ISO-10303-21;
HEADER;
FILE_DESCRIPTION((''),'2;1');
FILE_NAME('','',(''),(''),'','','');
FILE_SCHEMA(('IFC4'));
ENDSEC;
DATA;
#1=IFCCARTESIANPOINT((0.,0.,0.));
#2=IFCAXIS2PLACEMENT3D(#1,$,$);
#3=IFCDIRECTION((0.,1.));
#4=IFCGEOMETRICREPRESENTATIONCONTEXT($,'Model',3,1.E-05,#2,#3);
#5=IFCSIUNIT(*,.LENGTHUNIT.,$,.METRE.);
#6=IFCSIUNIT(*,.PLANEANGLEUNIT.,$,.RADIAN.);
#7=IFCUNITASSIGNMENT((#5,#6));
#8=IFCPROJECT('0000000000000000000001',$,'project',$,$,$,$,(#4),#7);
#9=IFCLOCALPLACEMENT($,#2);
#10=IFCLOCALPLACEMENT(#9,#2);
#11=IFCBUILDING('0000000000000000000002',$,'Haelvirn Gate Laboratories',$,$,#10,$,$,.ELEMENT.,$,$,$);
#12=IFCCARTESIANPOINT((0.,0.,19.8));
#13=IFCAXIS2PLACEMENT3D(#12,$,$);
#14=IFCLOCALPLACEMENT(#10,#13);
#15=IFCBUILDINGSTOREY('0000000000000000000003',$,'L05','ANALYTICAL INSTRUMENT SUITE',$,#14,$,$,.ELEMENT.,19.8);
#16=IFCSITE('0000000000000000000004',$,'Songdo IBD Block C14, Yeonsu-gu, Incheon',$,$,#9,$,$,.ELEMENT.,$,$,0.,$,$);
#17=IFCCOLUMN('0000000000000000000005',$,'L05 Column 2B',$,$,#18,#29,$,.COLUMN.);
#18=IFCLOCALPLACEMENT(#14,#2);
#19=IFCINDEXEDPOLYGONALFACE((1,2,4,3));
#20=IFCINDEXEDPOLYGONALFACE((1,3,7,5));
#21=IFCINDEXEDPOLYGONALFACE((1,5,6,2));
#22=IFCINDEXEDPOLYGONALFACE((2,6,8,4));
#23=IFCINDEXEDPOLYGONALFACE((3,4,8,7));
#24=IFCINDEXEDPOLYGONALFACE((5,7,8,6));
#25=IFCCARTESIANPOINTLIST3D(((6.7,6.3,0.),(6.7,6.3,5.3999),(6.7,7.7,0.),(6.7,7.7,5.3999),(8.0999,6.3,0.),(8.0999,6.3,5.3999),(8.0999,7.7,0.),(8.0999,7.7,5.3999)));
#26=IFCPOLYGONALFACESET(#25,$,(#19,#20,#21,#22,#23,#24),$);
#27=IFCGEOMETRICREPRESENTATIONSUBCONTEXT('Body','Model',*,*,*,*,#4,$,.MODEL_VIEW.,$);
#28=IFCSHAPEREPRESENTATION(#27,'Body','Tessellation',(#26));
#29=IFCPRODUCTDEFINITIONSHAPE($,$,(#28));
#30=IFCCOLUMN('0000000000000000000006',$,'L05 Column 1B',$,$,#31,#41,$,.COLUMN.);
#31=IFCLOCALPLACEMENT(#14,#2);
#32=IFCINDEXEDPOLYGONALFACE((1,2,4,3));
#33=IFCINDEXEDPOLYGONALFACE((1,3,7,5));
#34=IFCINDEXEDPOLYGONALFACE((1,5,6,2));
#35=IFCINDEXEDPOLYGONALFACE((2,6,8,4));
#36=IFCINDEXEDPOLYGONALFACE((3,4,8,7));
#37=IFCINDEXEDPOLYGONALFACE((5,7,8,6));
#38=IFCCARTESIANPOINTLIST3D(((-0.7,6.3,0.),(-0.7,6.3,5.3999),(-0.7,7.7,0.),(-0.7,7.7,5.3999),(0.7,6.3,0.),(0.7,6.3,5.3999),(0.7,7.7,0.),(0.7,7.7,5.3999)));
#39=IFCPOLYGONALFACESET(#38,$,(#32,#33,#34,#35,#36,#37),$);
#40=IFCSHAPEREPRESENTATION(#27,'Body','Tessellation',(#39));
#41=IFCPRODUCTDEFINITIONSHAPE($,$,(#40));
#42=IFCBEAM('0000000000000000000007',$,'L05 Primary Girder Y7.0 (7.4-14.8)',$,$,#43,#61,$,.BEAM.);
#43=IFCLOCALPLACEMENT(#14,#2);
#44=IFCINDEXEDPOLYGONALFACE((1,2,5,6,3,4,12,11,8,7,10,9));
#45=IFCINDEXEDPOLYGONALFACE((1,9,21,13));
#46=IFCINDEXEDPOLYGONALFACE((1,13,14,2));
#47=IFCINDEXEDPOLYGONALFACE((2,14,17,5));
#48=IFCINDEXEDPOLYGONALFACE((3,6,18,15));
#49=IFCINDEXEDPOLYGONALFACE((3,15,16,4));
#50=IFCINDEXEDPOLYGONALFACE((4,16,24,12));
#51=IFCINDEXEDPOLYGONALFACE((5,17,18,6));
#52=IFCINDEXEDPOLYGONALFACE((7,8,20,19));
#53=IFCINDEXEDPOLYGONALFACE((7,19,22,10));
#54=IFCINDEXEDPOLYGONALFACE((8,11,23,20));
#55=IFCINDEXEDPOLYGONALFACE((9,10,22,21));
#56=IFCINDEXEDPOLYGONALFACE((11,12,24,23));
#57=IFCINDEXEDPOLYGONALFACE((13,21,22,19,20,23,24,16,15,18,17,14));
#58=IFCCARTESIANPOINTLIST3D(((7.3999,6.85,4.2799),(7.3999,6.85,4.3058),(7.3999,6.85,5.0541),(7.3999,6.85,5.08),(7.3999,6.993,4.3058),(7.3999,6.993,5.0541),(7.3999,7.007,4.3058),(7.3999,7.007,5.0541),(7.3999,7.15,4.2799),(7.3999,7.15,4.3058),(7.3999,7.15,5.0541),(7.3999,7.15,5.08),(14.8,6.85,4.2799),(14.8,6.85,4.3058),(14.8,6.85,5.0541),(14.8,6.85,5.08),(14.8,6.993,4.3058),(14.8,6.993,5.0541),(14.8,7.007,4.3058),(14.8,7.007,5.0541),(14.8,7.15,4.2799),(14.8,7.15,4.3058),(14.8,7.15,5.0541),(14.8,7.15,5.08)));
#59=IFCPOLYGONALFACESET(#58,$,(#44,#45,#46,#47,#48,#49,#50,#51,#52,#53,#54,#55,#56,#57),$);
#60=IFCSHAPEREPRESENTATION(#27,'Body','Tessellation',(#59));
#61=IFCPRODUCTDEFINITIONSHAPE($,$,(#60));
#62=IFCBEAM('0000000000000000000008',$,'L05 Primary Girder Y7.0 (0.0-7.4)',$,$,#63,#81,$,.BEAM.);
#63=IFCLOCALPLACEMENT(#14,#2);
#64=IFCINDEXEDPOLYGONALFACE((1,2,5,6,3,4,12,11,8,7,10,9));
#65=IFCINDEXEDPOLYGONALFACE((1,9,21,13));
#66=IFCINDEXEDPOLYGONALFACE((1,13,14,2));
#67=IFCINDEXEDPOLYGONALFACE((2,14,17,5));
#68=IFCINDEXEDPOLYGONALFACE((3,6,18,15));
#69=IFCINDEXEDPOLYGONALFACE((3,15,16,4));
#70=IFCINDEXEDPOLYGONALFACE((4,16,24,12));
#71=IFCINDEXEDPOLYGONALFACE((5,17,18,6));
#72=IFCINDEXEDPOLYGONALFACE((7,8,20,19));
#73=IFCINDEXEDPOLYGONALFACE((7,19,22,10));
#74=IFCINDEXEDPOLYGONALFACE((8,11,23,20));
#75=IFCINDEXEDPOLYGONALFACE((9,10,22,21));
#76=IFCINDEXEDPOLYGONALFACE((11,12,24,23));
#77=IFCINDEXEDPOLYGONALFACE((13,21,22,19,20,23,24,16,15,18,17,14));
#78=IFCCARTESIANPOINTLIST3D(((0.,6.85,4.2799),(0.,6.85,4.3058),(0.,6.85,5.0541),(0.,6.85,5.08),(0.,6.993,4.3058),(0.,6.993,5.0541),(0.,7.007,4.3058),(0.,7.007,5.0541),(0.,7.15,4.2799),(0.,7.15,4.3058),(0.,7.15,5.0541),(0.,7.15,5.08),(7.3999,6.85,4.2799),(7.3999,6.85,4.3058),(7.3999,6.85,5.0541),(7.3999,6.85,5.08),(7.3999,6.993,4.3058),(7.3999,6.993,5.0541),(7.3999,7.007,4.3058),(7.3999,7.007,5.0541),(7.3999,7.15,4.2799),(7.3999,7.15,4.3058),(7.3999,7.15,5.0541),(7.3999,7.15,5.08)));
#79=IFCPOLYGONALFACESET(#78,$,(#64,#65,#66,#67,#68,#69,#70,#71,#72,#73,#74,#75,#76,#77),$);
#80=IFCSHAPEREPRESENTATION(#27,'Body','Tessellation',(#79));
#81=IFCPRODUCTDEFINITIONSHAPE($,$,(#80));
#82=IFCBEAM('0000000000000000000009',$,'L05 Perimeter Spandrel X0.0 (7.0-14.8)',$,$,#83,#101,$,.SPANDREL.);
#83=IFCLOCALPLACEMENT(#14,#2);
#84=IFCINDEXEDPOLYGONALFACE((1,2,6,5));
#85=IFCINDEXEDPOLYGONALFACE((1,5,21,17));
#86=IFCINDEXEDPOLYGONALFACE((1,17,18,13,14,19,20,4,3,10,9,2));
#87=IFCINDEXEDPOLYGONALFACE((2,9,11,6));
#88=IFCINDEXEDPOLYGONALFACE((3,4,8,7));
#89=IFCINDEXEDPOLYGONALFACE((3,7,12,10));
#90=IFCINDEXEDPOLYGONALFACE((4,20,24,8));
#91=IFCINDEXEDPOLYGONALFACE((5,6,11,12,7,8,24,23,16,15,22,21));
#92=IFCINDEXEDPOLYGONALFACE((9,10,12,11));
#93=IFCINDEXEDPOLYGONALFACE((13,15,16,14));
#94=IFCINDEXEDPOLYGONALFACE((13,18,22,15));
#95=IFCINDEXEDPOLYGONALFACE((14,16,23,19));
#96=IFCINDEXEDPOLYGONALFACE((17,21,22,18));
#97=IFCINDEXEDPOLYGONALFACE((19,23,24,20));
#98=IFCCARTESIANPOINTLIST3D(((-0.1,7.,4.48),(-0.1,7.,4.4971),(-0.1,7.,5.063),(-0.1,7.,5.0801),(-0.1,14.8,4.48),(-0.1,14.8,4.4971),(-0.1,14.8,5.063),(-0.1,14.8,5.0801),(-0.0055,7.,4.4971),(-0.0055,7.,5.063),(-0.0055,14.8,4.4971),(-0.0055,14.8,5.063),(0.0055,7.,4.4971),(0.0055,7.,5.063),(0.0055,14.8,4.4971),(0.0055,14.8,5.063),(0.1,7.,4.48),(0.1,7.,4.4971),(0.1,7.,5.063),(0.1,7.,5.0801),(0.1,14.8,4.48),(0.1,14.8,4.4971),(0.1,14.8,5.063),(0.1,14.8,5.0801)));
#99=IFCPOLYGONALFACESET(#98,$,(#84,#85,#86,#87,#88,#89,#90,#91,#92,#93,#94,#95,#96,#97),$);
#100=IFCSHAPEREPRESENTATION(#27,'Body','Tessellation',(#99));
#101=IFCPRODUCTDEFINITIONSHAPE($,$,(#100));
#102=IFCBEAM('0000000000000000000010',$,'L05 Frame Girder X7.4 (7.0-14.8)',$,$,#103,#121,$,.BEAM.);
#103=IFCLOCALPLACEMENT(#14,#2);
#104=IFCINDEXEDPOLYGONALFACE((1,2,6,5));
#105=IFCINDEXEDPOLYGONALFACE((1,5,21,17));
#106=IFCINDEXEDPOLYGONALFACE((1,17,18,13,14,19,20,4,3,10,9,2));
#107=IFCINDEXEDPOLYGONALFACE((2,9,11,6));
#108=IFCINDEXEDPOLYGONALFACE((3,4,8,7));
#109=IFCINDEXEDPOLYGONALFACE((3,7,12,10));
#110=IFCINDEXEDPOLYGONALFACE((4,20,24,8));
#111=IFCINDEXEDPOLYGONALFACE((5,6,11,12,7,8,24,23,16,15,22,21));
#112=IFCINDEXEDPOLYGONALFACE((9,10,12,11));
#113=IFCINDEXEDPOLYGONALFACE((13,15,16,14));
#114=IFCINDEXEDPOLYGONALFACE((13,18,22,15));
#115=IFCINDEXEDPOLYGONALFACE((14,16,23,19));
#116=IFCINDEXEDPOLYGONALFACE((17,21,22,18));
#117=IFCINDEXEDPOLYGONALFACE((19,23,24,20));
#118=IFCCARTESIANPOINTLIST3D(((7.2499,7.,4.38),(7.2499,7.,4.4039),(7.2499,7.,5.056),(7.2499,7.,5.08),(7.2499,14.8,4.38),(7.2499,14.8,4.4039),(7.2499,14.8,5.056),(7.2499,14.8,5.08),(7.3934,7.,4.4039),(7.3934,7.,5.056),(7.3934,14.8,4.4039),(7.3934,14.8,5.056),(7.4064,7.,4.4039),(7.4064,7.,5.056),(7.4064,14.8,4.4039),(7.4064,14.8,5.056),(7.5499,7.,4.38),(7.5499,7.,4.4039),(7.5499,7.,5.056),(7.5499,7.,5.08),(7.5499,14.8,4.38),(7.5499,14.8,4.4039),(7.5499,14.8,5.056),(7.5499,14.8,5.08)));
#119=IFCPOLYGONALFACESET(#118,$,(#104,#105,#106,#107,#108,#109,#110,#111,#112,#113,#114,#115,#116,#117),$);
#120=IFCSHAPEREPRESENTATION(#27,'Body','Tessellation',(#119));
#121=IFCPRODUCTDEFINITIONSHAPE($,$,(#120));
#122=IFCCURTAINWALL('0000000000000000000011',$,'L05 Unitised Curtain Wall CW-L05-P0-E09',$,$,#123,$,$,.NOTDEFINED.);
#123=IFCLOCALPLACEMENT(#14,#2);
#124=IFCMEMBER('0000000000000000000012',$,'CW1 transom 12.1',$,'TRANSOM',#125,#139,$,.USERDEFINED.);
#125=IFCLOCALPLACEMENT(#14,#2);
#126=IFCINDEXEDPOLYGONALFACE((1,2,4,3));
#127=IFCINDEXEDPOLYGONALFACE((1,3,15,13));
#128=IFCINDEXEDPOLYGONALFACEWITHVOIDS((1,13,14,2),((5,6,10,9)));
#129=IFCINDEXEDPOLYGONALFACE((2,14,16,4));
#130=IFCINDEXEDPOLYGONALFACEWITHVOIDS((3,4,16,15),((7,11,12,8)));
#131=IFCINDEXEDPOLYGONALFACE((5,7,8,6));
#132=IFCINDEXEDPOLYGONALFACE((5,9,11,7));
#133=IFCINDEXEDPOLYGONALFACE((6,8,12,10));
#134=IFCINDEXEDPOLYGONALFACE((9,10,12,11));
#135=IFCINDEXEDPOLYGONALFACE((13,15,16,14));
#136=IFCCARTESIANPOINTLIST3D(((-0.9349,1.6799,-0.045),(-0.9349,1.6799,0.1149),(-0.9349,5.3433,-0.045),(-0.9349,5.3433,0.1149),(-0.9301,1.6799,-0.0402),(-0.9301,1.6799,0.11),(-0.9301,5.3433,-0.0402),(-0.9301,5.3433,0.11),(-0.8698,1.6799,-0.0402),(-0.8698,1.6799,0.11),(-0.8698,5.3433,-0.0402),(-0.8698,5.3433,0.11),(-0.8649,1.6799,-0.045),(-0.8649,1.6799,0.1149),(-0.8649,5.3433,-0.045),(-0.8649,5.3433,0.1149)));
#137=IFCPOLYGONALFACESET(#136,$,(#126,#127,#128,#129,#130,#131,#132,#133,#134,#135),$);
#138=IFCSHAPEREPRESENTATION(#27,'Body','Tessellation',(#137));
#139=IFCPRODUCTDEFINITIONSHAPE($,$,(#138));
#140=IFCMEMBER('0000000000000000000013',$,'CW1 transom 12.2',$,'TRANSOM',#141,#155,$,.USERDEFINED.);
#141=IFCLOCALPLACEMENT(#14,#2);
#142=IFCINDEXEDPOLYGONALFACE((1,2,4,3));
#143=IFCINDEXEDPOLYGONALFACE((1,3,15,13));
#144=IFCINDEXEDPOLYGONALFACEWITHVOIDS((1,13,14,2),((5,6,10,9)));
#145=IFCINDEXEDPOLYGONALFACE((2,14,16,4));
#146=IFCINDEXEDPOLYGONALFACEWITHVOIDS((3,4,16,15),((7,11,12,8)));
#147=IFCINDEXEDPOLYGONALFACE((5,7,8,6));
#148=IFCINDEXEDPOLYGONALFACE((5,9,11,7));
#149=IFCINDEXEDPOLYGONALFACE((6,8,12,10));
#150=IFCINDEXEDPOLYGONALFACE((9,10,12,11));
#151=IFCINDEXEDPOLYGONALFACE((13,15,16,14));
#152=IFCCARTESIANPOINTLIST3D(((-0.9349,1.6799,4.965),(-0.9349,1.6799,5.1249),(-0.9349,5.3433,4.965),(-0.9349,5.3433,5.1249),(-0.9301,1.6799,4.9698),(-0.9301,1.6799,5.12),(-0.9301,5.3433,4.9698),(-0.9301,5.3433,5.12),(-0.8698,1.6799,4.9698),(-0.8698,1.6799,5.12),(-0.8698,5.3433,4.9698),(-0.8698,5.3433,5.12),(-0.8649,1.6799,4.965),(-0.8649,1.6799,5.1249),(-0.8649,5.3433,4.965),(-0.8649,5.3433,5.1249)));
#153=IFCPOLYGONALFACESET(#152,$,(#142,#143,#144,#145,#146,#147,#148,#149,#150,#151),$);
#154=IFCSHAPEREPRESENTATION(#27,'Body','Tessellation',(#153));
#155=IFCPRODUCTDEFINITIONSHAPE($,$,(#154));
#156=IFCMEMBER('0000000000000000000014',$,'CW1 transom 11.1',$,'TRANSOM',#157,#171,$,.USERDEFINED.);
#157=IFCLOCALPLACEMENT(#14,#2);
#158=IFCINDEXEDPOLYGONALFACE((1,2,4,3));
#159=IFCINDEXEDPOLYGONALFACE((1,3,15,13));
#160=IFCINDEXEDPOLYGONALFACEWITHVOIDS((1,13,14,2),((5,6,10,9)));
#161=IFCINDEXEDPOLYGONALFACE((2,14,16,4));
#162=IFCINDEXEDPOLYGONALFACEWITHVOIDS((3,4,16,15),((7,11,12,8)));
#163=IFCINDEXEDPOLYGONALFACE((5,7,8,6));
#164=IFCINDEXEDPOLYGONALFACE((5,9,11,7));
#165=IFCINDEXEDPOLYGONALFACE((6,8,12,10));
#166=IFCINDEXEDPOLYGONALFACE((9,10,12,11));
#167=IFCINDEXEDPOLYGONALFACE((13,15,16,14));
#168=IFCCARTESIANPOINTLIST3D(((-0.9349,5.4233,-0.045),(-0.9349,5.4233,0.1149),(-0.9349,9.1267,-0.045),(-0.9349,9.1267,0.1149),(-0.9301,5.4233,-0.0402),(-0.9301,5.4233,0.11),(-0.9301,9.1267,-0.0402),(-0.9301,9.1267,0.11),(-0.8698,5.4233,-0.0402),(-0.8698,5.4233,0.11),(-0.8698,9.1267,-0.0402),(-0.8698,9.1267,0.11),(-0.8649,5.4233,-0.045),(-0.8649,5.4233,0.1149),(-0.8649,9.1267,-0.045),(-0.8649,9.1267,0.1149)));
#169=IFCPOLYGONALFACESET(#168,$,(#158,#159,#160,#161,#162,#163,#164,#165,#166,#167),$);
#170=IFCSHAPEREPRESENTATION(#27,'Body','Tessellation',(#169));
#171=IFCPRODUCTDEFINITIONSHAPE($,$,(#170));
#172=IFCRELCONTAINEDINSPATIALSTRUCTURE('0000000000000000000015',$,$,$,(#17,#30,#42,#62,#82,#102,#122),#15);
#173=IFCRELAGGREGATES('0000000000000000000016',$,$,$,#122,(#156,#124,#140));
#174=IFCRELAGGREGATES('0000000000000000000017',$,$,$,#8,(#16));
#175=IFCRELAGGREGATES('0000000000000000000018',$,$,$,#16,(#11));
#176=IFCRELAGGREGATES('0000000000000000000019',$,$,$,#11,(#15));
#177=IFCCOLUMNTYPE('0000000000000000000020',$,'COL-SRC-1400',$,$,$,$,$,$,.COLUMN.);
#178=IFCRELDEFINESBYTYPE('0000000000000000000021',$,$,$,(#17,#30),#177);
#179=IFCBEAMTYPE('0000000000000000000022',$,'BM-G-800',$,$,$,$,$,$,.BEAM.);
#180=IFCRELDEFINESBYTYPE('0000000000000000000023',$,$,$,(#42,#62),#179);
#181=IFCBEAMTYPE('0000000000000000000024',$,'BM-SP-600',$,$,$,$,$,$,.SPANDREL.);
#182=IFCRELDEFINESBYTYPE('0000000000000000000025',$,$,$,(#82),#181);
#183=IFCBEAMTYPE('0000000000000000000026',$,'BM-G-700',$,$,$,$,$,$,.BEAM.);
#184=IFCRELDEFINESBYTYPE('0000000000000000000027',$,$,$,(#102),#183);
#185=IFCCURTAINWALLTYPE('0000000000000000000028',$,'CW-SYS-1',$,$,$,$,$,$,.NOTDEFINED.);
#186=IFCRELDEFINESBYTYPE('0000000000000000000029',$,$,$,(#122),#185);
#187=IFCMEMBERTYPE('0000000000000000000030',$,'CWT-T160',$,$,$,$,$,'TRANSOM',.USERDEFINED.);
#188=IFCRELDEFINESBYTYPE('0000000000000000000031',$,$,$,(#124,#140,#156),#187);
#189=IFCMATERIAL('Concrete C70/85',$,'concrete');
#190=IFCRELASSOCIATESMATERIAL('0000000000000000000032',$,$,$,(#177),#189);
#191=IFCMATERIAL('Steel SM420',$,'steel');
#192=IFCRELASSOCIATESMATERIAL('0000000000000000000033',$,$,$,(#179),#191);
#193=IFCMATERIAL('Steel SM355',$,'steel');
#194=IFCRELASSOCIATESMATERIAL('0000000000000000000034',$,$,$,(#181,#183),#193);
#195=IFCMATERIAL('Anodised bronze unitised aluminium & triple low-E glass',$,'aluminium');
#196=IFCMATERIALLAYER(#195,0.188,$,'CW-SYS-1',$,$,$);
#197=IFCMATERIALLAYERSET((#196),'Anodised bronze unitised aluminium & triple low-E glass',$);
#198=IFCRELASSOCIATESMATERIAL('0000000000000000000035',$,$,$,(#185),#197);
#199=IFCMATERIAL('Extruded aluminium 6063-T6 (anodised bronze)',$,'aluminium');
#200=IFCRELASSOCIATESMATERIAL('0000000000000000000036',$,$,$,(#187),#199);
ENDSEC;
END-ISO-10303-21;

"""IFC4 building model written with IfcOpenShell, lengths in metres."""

from ifc_helpers import new_model, si_unit, direction, frame, origin, origin_2d, place, context, subcontext, project, spatial, rectangle, hollow_rectangle, i_section, extrude, source, transform, mapped, material, layer, layer_set, material_profile, profile_set, type_object, type_shapes, element, aggregate, save


model = new_model("IFC4")

# Units and contexts
model_context = context("Model", 3, precision=1e-05, world=origin(), true_north=direction((0.0, 1.0)))
body_context = subcontext(model_context, "Body", "Model", "MODEL_VIEW")
ifc_project = project(units=[si_unit("LENGTHUNIT", "METRE"), si_unit("PLANEANGLEUNIT", "RADIAN")], contexts=[model_context])

# Site, building, storey
site_placement = place(None, origin())
site = spatial("IfcSite", under=ifc_project, at=site_placement, Name="Songdo IBD Block C14, Yeonsu-gu, Incheon", CompositionType="ELEMENT", RefElevation=0.0)
building_placement = place(site_placement, origin())
building = spatial("IfcBuilding", under=site, at=building_placement, Name="Haelvirn Gate Laboratories", CompositionType="ELEMENT")
storey_placement = place(building_placement, frame((0.0, 0.0, 19.8)))
storey = spatial("IfcBuildingStorey", under=building, at=storey_placement, Name="L05", Description="ANALYTICAL INSTRUMENT SUITE", CompositionType="ELEMENT", Elevation=19.8)

# Columns
ifc_material_1 = material(Name="Concrete C70/85", Category="concrete")
ifc_material_profile_1 = material_profile(ifc_material_1, rectangle(XDim=1.3999, YDim=1.3999, at=origin_2d()), Name="SRC-1400x1400")
ifc_profile_set_1 = profile_set([ifc_material_profile_1], Name="Concrete C70/85")
column_type = type_object("IfcColumnType", Name="COL-SRC-1400", PredefinedType="COLUMN", material=ifc_profile_set_1)
shared_shape_1 = source(origin(), body_context, "Body", "SweptSolid", [
    extrude(rectangle(XDim=1.3999, YDim=1.3999, at=origin_2d()), origin(), (0.0, 0.0, 1.0), 5.3999),
])
type_shapes(column_type, [shared_shape_1])
for number, where, z_axis, x_axis, name in (
    (1, (7.3999, 7.0, 0.0), (0.0, 0.0, 1.0), (1.0, 0.0, 0.0), "L05 Column 2B"),
    (2, (0.0, 7.0, 0.0), (0.0, 0.0, 1.0), (1.0, 0.0, 0.0), "L05 Column 1B"),
):
    element("IfcColumn", number, at=place(storey_placement, frame(where, z_axis=z_axis, x_axis=x_axis)), inside=storey, type_object=column_type, Name=name, PredefinedType="COLUMN", context=body_context, shape_type="MappedRepresentation", body=[
        mapped(shared_shape_1, transform((0.0, 0.0, 0.0), scale=1.0)),
    ])

# Beams
ifc_material_2 = material(Name="Steel SM420", Category="steel")
ifc_material_profile_2 = material_profile(ifc_material_2, i_section(OverallWidth=0.3, OverallDepth=0.8, WebThickness=0.0139, FlangeThickness=0.0259, at=origin_2d()), Name="H-800x300x14x26")
ifc_profile_set_2 = profile_set([ifc_material_profile_2], Name="Steel SM420")
beam_type_1 = type_object("IfcBeamType", Name="BM-G-800", PredefinedType="BEAM", material=ifc_profile_set_2)
shared_shape_2 = source(origin(), body_context, "Body", "SweptSolid", [
    extrude(i_section(OverallWidth=0.3, OverallDepth=0.8, WebThickness=0.0139, FlangeThickness=0.0259, at=origin_2d()), origin(), (0.0, 0.0, 1.0), 7.4001),
])
beam_1_placement = place(storey_placement, frame((7.3999, 7.0, 4.6799), z_axis=(1.0, 0.0, 0.0), x_axis=(0.0, 1.0, 0.0)))
element("IfcBeam", 3, at=beam_1_placement, inside=storey, type_object=beam_type_1, Name="L05 Primary Girder Y7.0 (7.4-14.8)", PredefinedType="BEAM", context=body_context, shape_type="MappedRepresentation", body=[
    mapped(shared_shape_2, transform((0.0, 0.0, 0.0), scale=1.0)),
])
shared_shape_3 = source(origin(), body_context, "Body", "SweptSolid", [
    extrude(i_section(OverallWidth=0.3, OverallDepth=0.8, WebThickness=0.0139, FlangeThickness=0.0259, at=origin_2d()), origin(), (0.0, 0.0, 1.0), 7.3999),
])
type_shapes(beam_type_1, [shared_shape_2, shared_shape_3])
beam_2_placement = place(storey_placement, frame((0.0, 7.0, 4.6799), z_axis=(1.0, 0.0, 0.0), x_axis=(0.0, 1.0, 0.0)))
element("IfcBeam", 4, at=beam_2_placement, inside=storey, type_object=beam_type_1, Name="L05 Primary Girder Y7.0 (0.0-7.4)", PredefinedType="BEAM", context=body_context, shape_type="MappedRepresentation", body=[
    mapped(shared_shape_3, transform((0.0, 0.0, 0.0), scale=1.0)),
])
ifc_material_3 = material(Name="Steel SM355", Category="steel")
ifc_material_profile_3 = material_profile(ifc_material_3, i_section(OverallWidth=0.2, OverallDepth=0.6001, WebThickness=0.011, FlangeThickness=0.0171, at=origin_2d()), Name="H-600x200x11x17")
ifc_profile_set_3 = profile_set([ifc_material_profile_3], Name="Steel SM355")
beam_type_2 = type_object("IfcBeamType", Name="BM-SP-600", PredefinedType="SPANDREL", material=ifc_profile_set_3)
shared_shape_4 = source(origin(), body_context, "Body", "SweptSolid", [
    extrude(i_section(OverallWidth=0.2, OverallDepth=0.6001, WebThickness=0.011, FlangeThickness=0.0171, at=origin_2d()), origin(), (0.0, 0.0, 1.0), 7.8),
])
type_shapes(beam_type_2, [shared_shape_4])
beam_3_placement = place(storey_placement, frame((0.0, 7.0, 4.78), z_axis=(0.0, 1.0, 0.0), x_axis=(-1.0, 0.0, 0.0)))
element("IfcBeam", 5, at=beam_3_placement, inside=storey, type_object=beam_type_2, Name="L05 Perimeter Spandrel X0.0 (7.0-14.8)", PredefinedType="SPANDREL", context=body_context, shape_type="MappedRepresentation", body=[
    mapped(shared_shape_4, transform((0.0, 0.0, 0.0), scale=1.0)),
])
ifc_material_profile_4 = material_profile(ifc_material_3, i_section(OverallWidth=0.3, OverallDepth=0.7, WebThickness=0.0129, FlangeThickness=0.0239, at=origin_2d()), Name="H-700x300x13x24")
ifc_profile_set_4 = profile_set([ifc_material_profile_4], Name="Steel SM355")
beam_type_3 = type_object("IfcBeamType", Name="BM-G-700", PredefinedType="BEAM", material=ifc_profile_set_4)
shared_shape_5 = source(origin(), body_context, "Body", "SweptSolid", [
    extrude(i_section(OverallWidth=0.3, OverallDepth=0.7, WebThickness=0.0129, FlangeThickness=0.0239, at=origin_2d()), origin(), (0.0, 0.0, 1.0), 7.8),
])
type_shapes(beam_type_3, [shared_shape_5])
beam_4_placement = place(storey_placement, frame((7.3999, 7.0, 4.73), z_axis=(0.0, 1.0, 0.0), x_axis=(-1.0, 0.0, 0.0)))
element("IfcBeam", 6, at=beam_4_placement, inside=storey, type_object=beam_type_3, Name="L05 Frame Girder X7.4 (7.0-14.8)", PredefinedType="BEAM", context=body_context, shape_type="MappedRepresentation", body=[
    mapped(shared_shape_5, transform((0.0, 0.0, 0.0), scale=1.0)),
])

# Curtain wall, members
ifc_material_4 = material(Name="Anodised bronze unitised aluminium & triple low-E glass", Category="aluminium")
ifc_layer_1 = layer(ifc_material_4, 0.188, Name="CW-SYS-1")
ifc_layer_set_1 = layer_set([ifc_layer_1], Name="Anodised bronze unitised aluminium & triple low-E glass")
curtain_wall_type_1 = type_object("IfcCurtainWallType", Name="CW-SYS-1", PredefinedType="NOTDEFINED", material=ifc_layer_set_1)
curtain_wall_1_placement = place(storey_placement, origin())
curtain_wall_1 = element("IfcCurtainWall", 7, at=curtain_wall_1_placement, inside=storey, type_object=curtain_wall_type_1, Name="L05 Unitised Curtain Wall CW-L05-P0-E09", PredefinedType="NOTDEFINED")
ifc_material_5 = material(Name="Extruded aluminium 6063-T6 (anodised bronze)", Category="aluminium")
ifc_material_profile_5 = material_profile(ifc_material_5, hollow_rectangle(XDim=0.0701, YDim=0.1599, WallThickness=0.0049, at=origin_2d()), Name="CWT-160x70x5")
ifc_profile_set_5 = profile_set([ifc_material_profile_5], Name="Extruded aluminium 6063-T6 (anodised bronze)")
member_type_1 = type_object("IfcMemberType", Name="CWT-T160", ElementType="TRANSOM", PredefinedType="USERDEFINED", material=ifc_profile_set_5)
shared_shape_6 = source(origin(), body_context, "Body", "SweptSolid", [
    extrude(hollow_rectangle(XDim=0.0701, YDim=0.1599, WallThickness=0.0049, at=origin_2d()), origin(), (0.0, 0.0, 1.0), 3.6633),
])
member_1_placement = place(storey_placement, frame((-0.8999, 5.3433, 0.0349), z_axis=(0.0, -1.0, 0.0), x_axis=(1.0, 0.0, 0.0)))
member_1 = element("IfcMember", 8, at=member_1_placement, type_object=member_type_1, Name="CW1 transom 12.1", ObjectType="TRANSOM", PredefinedType="USERDEFINED", context=body_context, shape_type="MappedRepresentation", body=[
    mapped(shared_shape_6, transform((0.0, 0.0, 0.0), scale=1.0)),
])
member_2_placement = place(storey_placement, frame((-0.8999, 5.3433, 5.0449), z_axis=(0.0, -1.0, 0.0), x_axis=(1.0, 0.0, 0.0)))
member_2 = element("IfcMember", 9, at=member_2_placement, type_object=member_type_1, Name="CW1 transom 12.2", ObjectType="TRANSOM", PredefinedType="USERDEFINED", context=body_context, shape_type="MappedRepresentation", body=[
    mapped(shared_shape_6, transform((0.0, 0.0, 0.0), scale=1.0)),
])
shared_shape_7 = source(origin(), body_context, "Body", "SweptSolid", [
    extrude(hollow_rectangle(XDim=0.0701, YDim=0.1599, WallThickness=0.0049, at=origin_2d()), origin(), (0.0, 0.0, 1.0), 3.7034),
])
type_shapes(member_type_1, [shared_shape_6, shared_shape_7])
member_3_placement = place(storey_placement, frame((-0.8999, 9.1267, 0.0349), z_axis=(0.0, -1.0, 0.0), x_axis=(1.0, 0.0, 0.0)))
member_3 = element("IfcMember", 10, at=member_3_placement, type_object=member_type_1, Name="CW1 transom 11.1", ObjectType="TRANSOM", PredefinedType="USERDEFINED", context=body_context, shape_type="MappedRepresentation", body=[
    mapped(shared_shape_7, transform((0.0, 0.0, 0.0), scale=1.0)),
])

aggregate(curtain_wall_1, [member_3, member_1, member_2])

save(model, "model.ifc")
